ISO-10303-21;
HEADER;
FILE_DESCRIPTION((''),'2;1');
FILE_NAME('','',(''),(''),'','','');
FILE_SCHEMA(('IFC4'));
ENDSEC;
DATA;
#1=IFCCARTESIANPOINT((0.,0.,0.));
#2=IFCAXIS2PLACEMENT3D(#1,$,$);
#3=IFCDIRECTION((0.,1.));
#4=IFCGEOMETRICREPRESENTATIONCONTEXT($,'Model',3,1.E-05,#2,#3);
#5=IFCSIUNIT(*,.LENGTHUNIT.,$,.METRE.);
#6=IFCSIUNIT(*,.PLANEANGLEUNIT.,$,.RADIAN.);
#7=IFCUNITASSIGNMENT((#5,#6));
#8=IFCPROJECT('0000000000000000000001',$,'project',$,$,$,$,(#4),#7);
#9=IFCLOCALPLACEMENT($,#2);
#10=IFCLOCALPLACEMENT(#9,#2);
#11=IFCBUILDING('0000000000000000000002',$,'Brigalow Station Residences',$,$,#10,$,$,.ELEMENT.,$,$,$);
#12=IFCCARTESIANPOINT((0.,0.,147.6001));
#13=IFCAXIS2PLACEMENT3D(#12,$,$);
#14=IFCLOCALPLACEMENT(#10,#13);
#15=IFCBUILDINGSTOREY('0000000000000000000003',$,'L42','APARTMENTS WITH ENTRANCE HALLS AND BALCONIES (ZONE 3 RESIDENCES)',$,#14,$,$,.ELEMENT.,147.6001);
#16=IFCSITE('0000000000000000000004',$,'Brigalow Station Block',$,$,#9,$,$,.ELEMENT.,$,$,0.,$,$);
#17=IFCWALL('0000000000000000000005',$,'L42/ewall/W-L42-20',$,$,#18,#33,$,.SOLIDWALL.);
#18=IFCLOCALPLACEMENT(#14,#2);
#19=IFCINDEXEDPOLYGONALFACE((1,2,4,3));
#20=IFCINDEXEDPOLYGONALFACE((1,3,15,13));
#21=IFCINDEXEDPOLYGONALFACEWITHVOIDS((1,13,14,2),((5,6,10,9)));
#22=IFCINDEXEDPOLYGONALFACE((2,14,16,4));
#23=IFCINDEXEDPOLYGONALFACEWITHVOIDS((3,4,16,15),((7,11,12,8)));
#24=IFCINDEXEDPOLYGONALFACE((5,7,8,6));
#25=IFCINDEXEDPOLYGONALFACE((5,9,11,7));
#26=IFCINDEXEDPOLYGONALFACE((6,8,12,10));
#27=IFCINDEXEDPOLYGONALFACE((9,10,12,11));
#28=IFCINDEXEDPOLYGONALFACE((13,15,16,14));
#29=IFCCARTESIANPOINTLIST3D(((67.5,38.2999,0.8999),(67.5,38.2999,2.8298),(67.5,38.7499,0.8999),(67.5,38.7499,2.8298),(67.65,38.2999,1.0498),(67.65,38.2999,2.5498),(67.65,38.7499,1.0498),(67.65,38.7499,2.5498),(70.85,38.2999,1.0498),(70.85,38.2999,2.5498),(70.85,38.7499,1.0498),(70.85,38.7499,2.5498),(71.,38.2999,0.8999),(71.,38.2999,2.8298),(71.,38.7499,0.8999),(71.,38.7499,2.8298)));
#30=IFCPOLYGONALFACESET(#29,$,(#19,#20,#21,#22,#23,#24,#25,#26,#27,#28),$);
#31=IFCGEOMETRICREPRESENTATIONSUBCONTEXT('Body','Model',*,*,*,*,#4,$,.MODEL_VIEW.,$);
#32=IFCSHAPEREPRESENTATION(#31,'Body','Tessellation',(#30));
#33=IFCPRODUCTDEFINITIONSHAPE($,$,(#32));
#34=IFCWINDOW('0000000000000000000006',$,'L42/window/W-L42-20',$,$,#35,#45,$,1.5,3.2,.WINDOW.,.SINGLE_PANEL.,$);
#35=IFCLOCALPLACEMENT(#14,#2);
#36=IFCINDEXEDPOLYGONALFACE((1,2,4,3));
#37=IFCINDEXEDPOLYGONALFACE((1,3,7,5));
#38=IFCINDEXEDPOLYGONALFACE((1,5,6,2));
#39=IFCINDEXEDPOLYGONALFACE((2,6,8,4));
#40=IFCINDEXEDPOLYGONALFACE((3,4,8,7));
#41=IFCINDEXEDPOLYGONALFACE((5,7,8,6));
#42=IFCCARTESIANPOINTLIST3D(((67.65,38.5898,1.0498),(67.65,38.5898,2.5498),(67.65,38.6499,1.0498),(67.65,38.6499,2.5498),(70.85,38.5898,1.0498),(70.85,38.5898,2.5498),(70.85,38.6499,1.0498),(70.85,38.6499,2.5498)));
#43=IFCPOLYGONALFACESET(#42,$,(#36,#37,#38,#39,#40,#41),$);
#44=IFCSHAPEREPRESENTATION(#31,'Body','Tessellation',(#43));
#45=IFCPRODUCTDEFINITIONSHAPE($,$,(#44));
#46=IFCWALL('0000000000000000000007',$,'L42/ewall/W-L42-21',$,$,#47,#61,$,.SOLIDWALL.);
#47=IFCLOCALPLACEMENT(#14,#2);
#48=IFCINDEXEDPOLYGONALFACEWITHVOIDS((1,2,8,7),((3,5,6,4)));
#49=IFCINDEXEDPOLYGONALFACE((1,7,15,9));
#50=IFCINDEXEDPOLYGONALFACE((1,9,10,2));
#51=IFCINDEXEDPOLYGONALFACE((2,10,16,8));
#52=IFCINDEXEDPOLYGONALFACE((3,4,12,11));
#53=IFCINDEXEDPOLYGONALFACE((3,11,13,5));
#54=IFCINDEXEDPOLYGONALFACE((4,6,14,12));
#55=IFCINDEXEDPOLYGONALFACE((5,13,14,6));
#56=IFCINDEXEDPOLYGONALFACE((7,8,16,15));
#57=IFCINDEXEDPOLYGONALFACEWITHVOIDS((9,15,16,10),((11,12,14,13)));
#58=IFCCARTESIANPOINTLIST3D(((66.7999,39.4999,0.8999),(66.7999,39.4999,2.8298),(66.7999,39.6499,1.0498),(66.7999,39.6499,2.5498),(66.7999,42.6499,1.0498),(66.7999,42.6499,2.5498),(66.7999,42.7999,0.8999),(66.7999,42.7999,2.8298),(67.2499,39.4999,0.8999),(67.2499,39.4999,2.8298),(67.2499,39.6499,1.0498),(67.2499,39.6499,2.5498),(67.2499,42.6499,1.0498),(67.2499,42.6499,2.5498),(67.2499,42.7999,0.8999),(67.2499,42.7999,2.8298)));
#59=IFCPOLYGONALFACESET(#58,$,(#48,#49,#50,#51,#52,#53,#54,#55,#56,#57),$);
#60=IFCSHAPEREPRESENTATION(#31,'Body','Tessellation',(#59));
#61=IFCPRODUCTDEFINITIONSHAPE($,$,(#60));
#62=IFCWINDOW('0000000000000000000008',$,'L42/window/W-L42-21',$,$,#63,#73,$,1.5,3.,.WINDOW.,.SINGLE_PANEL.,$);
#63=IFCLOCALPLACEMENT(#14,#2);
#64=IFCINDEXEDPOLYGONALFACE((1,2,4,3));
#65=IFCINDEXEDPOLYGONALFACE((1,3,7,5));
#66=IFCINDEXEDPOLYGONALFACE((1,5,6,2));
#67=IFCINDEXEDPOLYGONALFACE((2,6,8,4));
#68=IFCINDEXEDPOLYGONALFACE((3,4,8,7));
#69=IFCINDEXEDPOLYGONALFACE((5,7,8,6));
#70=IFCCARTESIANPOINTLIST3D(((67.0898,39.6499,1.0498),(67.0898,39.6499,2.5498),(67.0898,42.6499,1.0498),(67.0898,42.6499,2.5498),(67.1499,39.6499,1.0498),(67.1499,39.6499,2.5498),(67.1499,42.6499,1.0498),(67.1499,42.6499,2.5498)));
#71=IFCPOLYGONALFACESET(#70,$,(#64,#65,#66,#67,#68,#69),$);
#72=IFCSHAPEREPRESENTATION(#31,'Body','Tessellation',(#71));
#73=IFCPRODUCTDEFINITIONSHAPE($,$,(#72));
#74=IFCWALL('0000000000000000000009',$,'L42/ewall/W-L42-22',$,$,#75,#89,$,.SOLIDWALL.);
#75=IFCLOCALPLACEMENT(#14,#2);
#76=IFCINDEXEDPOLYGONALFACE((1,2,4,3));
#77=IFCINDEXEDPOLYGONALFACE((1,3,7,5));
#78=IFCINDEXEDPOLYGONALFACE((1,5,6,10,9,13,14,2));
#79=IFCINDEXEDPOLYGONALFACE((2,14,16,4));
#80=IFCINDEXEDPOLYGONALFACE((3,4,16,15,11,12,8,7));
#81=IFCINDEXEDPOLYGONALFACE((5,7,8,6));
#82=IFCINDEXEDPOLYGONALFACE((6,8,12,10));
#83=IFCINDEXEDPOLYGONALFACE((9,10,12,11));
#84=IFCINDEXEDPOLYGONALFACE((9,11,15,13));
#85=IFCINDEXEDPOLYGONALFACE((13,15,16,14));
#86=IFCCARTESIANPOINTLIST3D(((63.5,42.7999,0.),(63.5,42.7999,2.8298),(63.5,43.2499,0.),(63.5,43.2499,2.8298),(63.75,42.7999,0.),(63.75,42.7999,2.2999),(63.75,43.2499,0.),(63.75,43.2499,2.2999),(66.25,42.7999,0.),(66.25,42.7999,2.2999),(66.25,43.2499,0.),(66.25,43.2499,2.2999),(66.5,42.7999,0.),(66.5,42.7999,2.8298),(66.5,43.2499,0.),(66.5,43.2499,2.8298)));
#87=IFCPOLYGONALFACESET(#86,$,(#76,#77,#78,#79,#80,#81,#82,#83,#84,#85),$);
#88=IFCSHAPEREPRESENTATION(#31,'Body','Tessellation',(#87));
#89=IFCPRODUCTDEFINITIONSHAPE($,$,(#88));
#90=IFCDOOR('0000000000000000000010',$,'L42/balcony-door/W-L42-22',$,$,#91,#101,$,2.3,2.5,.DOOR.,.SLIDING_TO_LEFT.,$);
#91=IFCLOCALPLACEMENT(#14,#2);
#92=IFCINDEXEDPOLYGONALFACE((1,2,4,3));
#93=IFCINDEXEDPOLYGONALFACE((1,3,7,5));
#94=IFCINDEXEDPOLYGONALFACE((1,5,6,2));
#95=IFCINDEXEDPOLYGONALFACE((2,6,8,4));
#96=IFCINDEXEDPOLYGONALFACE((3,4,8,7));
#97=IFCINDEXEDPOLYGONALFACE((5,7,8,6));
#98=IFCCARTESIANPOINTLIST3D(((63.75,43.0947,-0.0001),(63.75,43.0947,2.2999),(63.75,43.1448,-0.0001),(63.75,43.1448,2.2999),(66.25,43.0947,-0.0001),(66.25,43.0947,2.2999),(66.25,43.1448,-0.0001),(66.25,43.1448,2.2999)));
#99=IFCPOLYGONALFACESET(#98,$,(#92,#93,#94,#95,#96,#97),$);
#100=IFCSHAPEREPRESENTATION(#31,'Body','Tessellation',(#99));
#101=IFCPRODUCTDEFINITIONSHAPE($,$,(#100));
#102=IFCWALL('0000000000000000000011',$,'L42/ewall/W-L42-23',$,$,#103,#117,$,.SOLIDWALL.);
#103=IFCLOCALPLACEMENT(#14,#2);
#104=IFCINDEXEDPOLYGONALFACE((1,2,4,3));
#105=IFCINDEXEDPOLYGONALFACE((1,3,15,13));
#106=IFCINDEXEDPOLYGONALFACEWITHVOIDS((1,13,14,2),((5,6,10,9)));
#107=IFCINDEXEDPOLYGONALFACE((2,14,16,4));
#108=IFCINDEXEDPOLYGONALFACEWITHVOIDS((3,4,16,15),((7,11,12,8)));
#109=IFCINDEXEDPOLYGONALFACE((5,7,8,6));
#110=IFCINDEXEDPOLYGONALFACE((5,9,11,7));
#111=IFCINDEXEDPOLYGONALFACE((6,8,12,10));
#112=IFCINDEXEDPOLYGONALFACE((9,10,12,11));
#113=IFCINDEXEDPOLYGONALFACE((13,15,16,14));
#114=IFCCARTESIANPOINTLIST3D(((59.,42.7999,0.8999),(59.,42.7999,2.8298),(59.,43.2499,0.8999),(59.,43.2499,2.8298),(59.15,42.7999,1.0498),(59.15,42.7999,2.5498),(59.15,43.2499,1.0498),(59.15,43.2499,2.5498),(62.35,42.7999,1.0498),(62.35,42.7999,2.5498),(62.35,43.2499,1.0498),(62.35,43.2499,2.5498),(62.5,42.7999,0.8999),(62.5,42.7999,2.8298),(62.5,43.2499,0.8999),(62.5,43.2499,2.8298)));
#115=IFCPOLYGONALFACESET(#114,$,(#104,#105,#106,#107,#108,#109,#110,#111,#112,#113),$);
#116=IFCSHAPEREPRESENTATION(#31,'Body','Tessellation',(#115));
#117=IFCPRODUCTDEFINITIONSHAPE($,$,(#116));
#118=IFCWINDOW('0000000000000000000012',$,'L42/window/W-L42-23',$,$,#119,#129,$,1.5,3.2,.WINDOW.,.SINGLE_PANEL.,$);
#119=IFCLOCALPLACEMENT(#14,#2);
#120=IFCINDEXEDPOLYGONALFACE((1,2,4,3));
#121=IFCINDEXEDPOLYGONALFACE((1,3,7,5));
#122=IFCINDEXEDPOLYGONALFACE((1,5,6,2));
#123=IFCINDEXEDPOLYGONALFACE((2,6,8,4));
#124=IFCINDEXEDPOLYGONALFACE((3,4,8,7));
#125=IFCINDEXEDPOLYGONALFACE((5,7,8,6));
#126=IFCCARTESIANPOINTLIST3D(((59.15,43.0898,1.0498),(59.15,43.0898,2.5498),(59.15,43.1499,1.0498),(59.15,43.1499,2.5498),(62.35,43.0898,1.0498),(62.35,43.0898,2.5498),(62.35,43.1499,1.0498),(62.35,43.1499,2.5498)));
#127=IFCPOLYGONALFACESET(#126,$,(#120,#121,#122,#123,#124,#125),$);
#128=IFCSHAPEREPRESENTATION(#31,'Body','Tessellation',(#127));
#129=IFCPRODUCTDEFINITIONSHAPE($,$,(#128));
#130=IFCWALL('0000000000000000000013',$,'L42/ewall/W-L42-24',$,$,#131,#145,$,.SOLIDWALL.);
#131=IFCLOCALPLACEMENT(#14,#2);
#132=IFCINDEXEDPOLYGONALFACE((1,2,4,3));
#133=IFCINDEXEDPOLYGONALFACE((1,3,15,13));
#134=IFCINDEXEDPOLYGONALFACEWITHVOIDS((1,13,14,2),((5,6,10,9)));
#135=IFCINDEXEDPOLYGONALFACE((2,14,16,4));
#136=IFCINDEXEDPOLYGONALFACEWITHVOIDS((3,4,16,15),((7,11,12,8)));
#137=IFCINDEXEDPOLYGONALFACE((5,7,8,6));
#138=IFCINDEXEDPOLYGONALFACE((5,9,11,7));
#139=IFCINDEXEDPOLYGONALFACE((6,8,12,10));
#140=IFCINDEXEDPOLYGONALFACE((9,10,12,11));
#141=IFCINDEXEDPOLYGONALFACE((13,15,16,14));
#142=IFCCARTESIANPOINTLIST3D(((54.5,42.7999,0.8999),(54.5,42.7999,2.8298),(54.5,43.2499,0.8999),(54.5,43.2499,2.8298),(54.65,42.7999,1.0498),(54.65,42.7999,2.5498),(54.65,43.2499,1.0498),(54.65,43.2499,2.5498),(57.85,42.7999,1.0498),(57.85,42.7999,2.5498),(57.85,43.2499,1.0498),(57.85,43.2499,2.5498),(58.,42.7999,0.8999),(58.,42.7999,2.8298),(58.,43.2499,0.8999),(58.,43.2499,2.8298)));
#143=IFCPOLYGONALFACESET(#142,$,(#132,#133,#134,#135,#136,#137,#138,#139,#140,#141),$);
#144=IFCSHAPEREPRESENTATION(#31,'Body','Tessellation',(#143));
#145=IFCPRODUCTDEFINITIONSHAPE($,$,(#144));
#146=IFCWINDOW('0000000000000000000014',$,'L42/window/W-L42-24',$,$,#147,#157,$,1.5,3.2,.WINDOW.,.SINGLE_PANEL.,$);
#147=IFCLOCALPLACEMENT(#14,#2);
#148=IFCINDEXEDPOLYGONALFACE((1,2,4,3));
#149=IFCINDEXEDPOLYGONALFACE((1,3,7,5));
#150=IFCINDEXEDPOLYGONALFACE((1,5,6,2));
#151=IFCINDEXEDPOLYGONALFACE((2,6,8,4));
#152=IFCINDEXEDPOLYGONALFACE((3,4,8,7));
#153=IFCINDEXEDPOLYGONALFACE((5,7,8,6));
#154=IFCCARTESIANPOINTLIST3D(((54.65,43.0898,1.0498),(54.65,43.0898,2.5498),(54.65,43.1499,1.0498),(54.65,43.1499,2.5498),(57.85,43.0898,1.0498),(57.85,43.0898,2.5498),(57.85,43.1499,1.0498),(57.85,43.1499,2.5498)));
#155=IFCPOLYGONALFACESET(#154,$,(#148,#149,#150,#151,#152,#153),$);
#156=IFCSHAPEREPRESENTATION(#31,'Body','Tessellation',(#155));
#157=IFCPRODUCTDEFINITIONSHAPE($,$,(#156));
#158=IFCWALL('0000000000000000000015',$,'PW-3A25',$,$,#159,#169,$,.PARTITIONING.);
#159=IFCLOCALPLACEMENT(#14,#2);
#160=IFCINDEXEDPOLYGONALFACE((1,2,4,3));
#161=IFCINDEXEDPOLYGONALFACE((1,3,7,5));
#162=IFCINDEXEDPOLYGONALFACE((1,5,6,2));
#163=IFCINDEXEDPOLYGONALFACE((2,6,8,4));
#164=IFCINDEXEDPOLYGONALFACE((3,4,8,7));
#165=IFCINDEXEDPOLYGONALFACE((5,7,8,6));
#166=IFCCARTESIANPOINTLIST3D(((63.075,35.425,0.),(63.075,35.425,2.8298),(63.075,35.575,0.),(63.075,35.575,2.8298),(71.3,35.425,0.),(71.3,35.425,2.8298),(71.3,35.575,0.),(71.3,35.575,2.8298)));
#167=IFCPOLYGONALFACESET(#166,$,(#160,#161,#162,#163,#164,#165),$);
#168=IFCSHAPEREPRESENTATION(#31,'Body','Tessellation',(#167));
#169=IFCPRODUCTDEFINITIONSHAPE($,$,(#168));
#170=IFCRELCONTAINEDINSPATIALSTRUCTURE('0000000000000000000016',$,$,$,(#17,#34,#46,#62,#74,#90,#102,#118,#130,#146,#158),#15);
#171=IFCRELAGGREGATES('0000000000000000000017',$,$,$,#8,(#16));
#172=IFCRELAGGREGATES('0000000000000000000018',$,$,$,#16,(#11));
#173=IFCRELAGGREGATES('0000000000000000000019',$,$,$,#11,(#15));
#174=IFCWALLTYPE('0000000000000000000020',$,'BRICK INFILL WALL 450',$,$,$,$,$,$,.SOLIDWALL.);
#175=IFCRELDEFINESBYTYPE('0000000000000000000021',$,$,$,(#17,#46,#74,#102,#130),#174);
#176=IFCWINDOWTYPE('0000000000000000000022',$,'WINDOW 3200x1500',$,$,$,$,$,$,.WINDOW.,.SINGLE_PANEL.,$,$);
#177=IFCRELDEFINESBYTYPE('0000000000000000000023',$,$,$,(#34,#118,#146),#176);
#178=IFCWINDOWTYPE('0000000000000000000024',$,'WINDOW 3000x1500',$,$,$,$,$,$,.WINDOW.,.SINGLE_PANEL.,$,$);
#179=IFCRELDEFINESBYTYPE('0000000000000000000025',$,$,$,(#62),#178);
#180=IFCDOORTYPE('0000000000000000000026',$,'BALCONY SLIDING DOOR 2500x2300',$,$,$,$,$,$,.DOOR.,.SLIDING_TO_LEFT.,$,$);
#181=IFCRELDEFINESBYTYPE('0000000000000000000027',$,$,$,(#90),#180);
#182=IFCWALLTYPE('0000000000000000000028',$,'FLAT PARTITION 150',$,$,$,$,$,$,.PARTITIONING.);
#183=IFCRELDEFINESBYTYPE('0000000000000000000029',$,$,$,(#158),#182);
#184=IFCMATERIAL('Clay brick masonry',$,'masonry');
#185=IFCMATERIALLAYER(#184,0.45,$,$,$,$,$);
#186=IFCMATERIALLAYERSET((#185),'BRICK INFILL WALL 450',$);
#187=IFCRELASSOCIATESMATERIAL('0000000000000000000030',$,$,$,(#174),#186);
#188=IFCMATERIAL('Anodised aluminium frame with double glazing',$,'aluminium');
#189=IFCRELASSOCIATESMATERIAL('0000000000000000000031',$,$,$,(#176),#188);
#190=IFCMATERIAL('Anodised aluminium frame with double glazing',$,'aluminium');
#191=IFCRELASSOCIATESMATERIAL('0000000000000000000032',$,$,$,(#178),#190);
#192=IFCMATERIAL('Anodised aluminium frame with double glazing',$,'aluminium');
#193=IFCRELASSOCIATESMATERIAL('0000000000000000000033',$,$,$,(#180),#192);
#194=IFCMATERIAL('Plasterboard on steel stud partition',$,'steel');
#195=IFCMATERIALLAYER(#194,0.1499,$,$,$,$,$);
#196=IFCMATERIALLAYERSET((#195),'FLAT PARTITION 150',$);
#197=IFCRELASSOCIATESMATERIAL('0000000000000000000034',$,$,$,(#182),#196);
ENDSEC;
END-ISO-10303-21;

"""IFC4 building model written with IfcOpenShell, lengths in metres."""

from ifc_helpers import new_model, si_unit, direction, frame, frame_2d, origin, place, context, subcontext, project, spatial, rectangle, extrude, material, layer, layer_set, type_object, element, fill, save


model = new_model("IFC4")

# Units and contexts
model_context = context("Model", 3, precision=1e-05, world=origin(), true_north=direction((0.0, 1.0)))
body_context = subcontext(model_context, "Body", "Model", "MODEL_VIEW")
ifc_project = project(units=[si_unit("LENGTHUNIT", "METRE"), si_unit("PLANEANGLEUNIT", "RADIAN")], contexts=[model_context])

# Site, building, storey
site_placement = place(None, origin())
site = spatial("IfcSite", under=ifc_project, at=site_placement, Name="Brigalow Station Block", CompositionType="ELEMENT", RefElevation=0.0)
building_placement = place(site_placement, origin())
building = spatial("IfcBuilding", under=site, at=building_placement, Name="Brigalow Station Residences", CompositionType="ELEMENT")
storey_placement = place(building_placement, frame((0.0, 0.0, 147.6001)))
storey = spatial("IfcBuildingStorey", under=building, at=storey_placement, Name="L42", Description="APARTMENTS WITH ENTRANCE HALLS AND BALCONIES (ZONE 3 RESIDENCES)", CompositionType="ELEMENT", Elevation=147.6001)

# Walls, openings, windows
ifc_material_1 = material(Name="Clay brick masonry", Category="masonry")
ifc_layer_1 = layer(ifc_material_1, 0.45)
ifc_layer_set_1 = layer_set([ifc_layer_1], Name="BRICK INFILL WALL 450")
wall_type_1 = type_object("IfcWallType", Name="BRICK INFILL WALL 450", PredefinedType="SOLIDWALL", material=ifc_layer_set_1)
wall_1_placement = place(storey_placement, frame((71.0, 38.5249, 0.8999), z_axis=(0.0, 0.0, 1.0), x_axis=(-1.0, 0.0, 0.0)))
wall_1 = element("IfcWall", 1, at=wall_1_placement, inside=storey, type_object=wall_type_1, Name="L42/ewall/W-L42-20", PredefinedType="SOLIDWALL", context=body_context, shape_type="SweptSolid", body=[
    extrude(rectangle(XDim=3.5, YDim=0.45, at=frame_2d((1.75, 0.0))), origin(), (0.0, 0.0, 1.0), 1.9299),
])
opening_1_placement = place(wall_1_placement, frame((0.1499, 0.0, 0.1499)))
opening_1 = element("IfcOpeningElement", 2, at=opening_1_placement, cuts=wall_1, PredefinedType="OPENING", context=body_context, shape_type="SweptSolid", body=[
    extrude(rectangle(XDim=3.2, YDim=1.5, at=frame_2d((1.6001, 0.75))), frame((0.0, 0.2349, 0.0), z_axis=(0.0, -1.0, 0.0), x_axis=(1.0, 0.0, 0.0)), (0.0, 0.0, 1.0), 0.47),
])
ifc_material_2 = material(Name="Anodised aluminium frame with double glazing", Category="aluminium")
window_type_1 = type_object("IfcWindowType", Name="WINDOW 3200x1500", PartitioningType="SINGLE_PANEL", PredefinedType="WINDOW", material=ifc_material_2)
window_1_placement = place(opening_1_placement, origin())
window_1 = element("IfcWindow", 3, at=window_1_placement, inside=storey, type_object=window_type_1, Name="L42/window/W-L42-20", OverallHeight=1.5, OverallWidth=3.2, PartitioningType="SINGLE_PANEL", PredefinedType="WINDOW", context=body_context, shape_type="SweptSolid", body=[
    extrude(rectangle(XDim=3.2, YDim=1.5, at=frame_2d((1.6001, 0.75))), frame((0.0, -0.0649, 0.0), z_axis=(0.0, -1.0, 0.0), x_axis=(1.0, 0.0, 0.0)), (0.0, 0.0, 1.0), 0.0601),
])
fill(opening_1, window_1)
wall_2_placement = place(storey_placement, frame((67.0249, 39.5, 0.8999), z_axis=(0.0, 0.0, 1.0), x_axis=(0.0, 1.0, 0.0)))
wall_2 = element("IfcWall", 4, at=wall_2_placement, inside=storey, type_object=wall_type_1, Name="L42/ewall/W-L42-21", PredefinedType="SOLIDWALL", context=body_context, shape_type="SweptSolid", body=[
    extrude(rectangle(XDim=3.3, YDim=0.45, at=frame_2d((1.6499, 0.0))), origin(), (0.0, 0.0, 1.0), 1.9299),
])
opening_2_placement = place(wall_2_placement, frame((0.1499, 0.0, 0.1499)))
opening_2 = element("IfcOpeningElement", 5, at=opening_2_placement, cuts=wall_2, PredefinedType="OPENING", context=body_context, shape_type="SweptSolid", body=[
    extrude(rectangle(XDim=3.0, YDim=1.5, at=frame_2d((1.5, 0.75))), frame((0.0, 0.2349, 0.0), z_axis=(0.0, -1.0, 0.0), x_axis=(1.0, 0.0, 0.0)), (0.0, 0.0, 1.0), 0.47),
])
ifc_material_3 = material(Name="Anodised aluminium frame with double glazing", Category="aluminium")
window_type_2 = type_object("IfcWindowType", Name="WINDOW 3000x1500", PartitioningType="SINGLE_PANEL", PredefinedType="WINDOW", material=ifc_material_3)
window_2_placement = place(opening_2_placement, origin())
window_2 = element("IfcWindow", 6, at=window_2_placement, inside=storey, type_object=window_type_2, Name="L42/window/W-L42-21", OverallHeight=1.5, OverallWidth=3.0, PartitioningType="SINGLE_PANEL", PredefinedType="WINDOW", context=body_context, shape_type="SweptSolid", body=[
    extrude(rectangle(XDim=3.0, YDim=1.5, at=frame_2d((1.5, 0.75))), frame((0.0, -0.0649, 0.0), z_axis=(0.0, -1.0, 0.0), x_axis=(1.0, 0.0, 0.0)), (0.0, 0.0, 1.0), 0.0601),
])
fill(opening_2, window_2)

# Wall, opening, door
wall_3_placement = place(storey_placement, frame((66.5, 43.0249, 0.0), z_axis=(0.0, 0.0, 1.0), x_axis=(-1.0, 0.0, 0.0)))
wall_3 = element("IfcWall", 7, at=wall_3_placement, inside=storey, type_object=wall_type_1, Name="L42/ewall/W-L42-22", PredefinedType="SOLIDWALL", context=body_context, shape_type="SweptSolid", body=[
    extrude(rectangle(XDim=3.0, YDim=0.45, at=frame_2d((1.5, 0.0))), origin(), (0.0, 0.0, 1.0), 2.8298),
])
opening_3_placement = place(wall_3_placement, frame((0.25, 0.0, 0.0)))
opening_3 = element("IfcOpeningElement", 8, at=opening_3_placement, cuts=wall_3, PredefinedType="OPENING", context=body_context, shape_type="SweptSolid", body=[
    extrude(rectangle(XDim=2.5, YDim=2.3, at=frame_2d((1.25, 1.1499))), frame((0.0, 0.2349, 0.0), z_axis=(0.0, -1.0, 0.0), x_axis=(1.0, 0.0, 0.0)), (0.0, 0.0, 1.0), 0.47),
])
ifc_material_4 = material(Name="Anodised aluminium frame with double glazing", Category="aluminium")
door_type_1 = type_object("IfcDoorType", Name="BALCONY SLIDING DOOR 2500x2300", OperationType="SLIDING_TO_LEFT", PredefinedType="DOOR", material=ifc_material_4)
door_1_placement = place(opening_3_placement, origin())
door_1 = element("IfcDoor", 9, at=door_1_placement, inside=storey, type_object=door_type_1, Name="L42/balcony-door/W-L42-22", OperationType="SLIDING_TO_LEFT", OverallHeight=2.3, OverallWidth=2.5, PredefinedType="DOOR", context=body_context, shape_type="SweptSolid", body=[
    extrude(rectangle(XDim=2.5, YDim=2.3, at=frame_2d((1.25, 1.1499))), frame((0.0, -0.0698, 0.0), z_axis=(0.0, -1.0, 0.0), x_axis=(1.0, 0.0, 0.0)), (0.0, 0.0, 1.0), 0.05),
])
fill(opening_3, door_1)

# Walls, openings, windows
wall_4_placement = place(storey_placement, frame((62.5, 43.0249, 0.8999), z_axis=(0.0, 0.0, 1.0), x_axis=(-1.0, 0.0, 0.0)))
wall_4 = element("IfcWall", 10, at=wall_4_placement, inside=storey, type_object=wall_type_1, Name="L42/ewall/W-L42-23", PredefinedType="SOLIDWALL", context=body_context, shape_type="SweptSolid", body=[
    extrude(rectangle(XDim=3.5, YDim=0.45, at=frame_2d((1.75, 0.0))), origin(), (0.0, 0.0, 1.0), 1.9299),
])
opening_4_placement = place(wall_4_placement, frame((0.1499, 0.0, 0.1499)))
opening_4 = element("IfcOpeningElement", 11, at=opening_4_placement, cuts=wall_4, PredefinedType="OPENING", context=body_context, shape_type="SweptSolid", body=[
    extrude(rectangle(XDim=3.2, YDim=1.5, at=frame_2d((1.6001, 0.75))), frame((0.0, 0.2349, 0.0), z_axis=(0.0, -1.0, 0.0), x_axis=(1.0, 0.0, 0.0)), (0.0, 0.0, 1.0), 0.47),
])
window_3_placement = place(opening_4_placement, origin())
window_3 = element("IfcWindow", 12, at=window_3_placement, inside=storey, type_object=window_type_1, Name="L42/window/W-L42-23", OverallHeight=1.5, OverallWidth=3.2, PartitioningType="SINGLE_PANEL", PredefinedType="WINDOW", context=body_context, shape_type="SweptSolid", body=[
    extrude(rectangle(XDim=3.2, YDim=1.5, at=frame_2d((1.6001, 0.75))), frame((0.0, -0.0649, 0.0), z_axis=(0.0, -1.0, 0.0), x_axis=(1.0, 0.0, 0.0)), (0.0, 0.0, 1.0), 0.0601),
])
fill(opening_4, window_3)
wall_5_placement = place(storey_placement, frame((58.0, 43.0249, 0.8999), z_axis=(0.0, 0.0, 1.0), x_axis=(-1.0, 0.0, 0.0)))
wall_5 = element("IfcWall", 13, at=wall_5_placement, inside=storey, type_object=wall_type_1, Name="L42/ewall/W-L42-24", PredefinedType="SOLIDWALL", context=body_context, shape_type="SweptSolid", body=[
    extrude(rectangle(XDim=3.5, YDim=0.45, at=frame_2d((1.75, 0.0))), origin(), (0.0, 0.0, 1.0), 1.9299),
])
opening_5_placement = place(wall_5_placement, frame((0.1499, 0.0, 0.1499)))
opening_5 = element("IfcOpeningElement", 14, at=opening_5_placement, cuts=wall_5, PredefinedType="OPENING", context=body_context, shape_type="SweptSolid", body=[
    extrude(rectangle(XDim=3.2, YDim=1.5, at=frame_2d((1.6001, 0.75))), frame((0.0, 0.2349, 0.0), z_axis=(0.0, -1.0, 0.0), x_axis=(1.0, 0.0, 0.0)), (0.0, 0.0, 1.0), 0.47),
])
window_4_placement = place(opening_5_placement, origin())
window_4 = element("IfcWindow", 15, at=window_4_placement, inside=storey, type_object=window_type_1, Name="L42/window/W-L42-24", OverallHeight=1.5, OverallWidth=3.2, PartitioningType="SINGLE_PANEL", PredefinedType="WINDOW", context=body_context, shape_type="SweptSolid", body=[
    extrude(rectangle(XDim=3.2, YDim=1.5, at=frame_2d((1.6001, 0.75))), frame((0.0, -0.0649, 0.0), z_axis=(0.0, -1.0, 0.0), x_axis=(1.0, 0.0, 0.0)), (0.0, 0.0, 1.0), 0.0601),
])
fill(opening_5, window_4)

# Wall
ifc_material_5 = material(Name="Plasterboard on steel stud partition", Category="steel")
ifc_layer_2 = layer(ifc_material_5, 0.1499)
ifc_layer_set_2 = layer_set([ifc_layer_2], Name="FLAT PARTITION 150")
wall_type_2 = type_object("IfcWallType", Name="FLAT PARTITION 150", PredefinedType="PARTITIONING", material=ifc_layer_set_2)
wall_6_placement = place(storey_placement, frame((63.075, 35.5, 0.0), z_axis=(0.0, 0.0, 1.0), x_axis=(1.0, 0.0, 0.0)))
element("IfcWall", 16, at=wall_6_placement, inside=storey, type_object=wall_type_2, Name="PW-3A25", PredefinedType="PARTITIONING", context=body_context, shape_type="SweptSolid", body=[
    extrude(rectangle(XDim=8.2251, YDim=0.1499, at=frame_2d((4.1125, 0.0))), origin(), (0.0, 0.0, 1.0), 2.8298),
])

save(model, "model.ifc")
